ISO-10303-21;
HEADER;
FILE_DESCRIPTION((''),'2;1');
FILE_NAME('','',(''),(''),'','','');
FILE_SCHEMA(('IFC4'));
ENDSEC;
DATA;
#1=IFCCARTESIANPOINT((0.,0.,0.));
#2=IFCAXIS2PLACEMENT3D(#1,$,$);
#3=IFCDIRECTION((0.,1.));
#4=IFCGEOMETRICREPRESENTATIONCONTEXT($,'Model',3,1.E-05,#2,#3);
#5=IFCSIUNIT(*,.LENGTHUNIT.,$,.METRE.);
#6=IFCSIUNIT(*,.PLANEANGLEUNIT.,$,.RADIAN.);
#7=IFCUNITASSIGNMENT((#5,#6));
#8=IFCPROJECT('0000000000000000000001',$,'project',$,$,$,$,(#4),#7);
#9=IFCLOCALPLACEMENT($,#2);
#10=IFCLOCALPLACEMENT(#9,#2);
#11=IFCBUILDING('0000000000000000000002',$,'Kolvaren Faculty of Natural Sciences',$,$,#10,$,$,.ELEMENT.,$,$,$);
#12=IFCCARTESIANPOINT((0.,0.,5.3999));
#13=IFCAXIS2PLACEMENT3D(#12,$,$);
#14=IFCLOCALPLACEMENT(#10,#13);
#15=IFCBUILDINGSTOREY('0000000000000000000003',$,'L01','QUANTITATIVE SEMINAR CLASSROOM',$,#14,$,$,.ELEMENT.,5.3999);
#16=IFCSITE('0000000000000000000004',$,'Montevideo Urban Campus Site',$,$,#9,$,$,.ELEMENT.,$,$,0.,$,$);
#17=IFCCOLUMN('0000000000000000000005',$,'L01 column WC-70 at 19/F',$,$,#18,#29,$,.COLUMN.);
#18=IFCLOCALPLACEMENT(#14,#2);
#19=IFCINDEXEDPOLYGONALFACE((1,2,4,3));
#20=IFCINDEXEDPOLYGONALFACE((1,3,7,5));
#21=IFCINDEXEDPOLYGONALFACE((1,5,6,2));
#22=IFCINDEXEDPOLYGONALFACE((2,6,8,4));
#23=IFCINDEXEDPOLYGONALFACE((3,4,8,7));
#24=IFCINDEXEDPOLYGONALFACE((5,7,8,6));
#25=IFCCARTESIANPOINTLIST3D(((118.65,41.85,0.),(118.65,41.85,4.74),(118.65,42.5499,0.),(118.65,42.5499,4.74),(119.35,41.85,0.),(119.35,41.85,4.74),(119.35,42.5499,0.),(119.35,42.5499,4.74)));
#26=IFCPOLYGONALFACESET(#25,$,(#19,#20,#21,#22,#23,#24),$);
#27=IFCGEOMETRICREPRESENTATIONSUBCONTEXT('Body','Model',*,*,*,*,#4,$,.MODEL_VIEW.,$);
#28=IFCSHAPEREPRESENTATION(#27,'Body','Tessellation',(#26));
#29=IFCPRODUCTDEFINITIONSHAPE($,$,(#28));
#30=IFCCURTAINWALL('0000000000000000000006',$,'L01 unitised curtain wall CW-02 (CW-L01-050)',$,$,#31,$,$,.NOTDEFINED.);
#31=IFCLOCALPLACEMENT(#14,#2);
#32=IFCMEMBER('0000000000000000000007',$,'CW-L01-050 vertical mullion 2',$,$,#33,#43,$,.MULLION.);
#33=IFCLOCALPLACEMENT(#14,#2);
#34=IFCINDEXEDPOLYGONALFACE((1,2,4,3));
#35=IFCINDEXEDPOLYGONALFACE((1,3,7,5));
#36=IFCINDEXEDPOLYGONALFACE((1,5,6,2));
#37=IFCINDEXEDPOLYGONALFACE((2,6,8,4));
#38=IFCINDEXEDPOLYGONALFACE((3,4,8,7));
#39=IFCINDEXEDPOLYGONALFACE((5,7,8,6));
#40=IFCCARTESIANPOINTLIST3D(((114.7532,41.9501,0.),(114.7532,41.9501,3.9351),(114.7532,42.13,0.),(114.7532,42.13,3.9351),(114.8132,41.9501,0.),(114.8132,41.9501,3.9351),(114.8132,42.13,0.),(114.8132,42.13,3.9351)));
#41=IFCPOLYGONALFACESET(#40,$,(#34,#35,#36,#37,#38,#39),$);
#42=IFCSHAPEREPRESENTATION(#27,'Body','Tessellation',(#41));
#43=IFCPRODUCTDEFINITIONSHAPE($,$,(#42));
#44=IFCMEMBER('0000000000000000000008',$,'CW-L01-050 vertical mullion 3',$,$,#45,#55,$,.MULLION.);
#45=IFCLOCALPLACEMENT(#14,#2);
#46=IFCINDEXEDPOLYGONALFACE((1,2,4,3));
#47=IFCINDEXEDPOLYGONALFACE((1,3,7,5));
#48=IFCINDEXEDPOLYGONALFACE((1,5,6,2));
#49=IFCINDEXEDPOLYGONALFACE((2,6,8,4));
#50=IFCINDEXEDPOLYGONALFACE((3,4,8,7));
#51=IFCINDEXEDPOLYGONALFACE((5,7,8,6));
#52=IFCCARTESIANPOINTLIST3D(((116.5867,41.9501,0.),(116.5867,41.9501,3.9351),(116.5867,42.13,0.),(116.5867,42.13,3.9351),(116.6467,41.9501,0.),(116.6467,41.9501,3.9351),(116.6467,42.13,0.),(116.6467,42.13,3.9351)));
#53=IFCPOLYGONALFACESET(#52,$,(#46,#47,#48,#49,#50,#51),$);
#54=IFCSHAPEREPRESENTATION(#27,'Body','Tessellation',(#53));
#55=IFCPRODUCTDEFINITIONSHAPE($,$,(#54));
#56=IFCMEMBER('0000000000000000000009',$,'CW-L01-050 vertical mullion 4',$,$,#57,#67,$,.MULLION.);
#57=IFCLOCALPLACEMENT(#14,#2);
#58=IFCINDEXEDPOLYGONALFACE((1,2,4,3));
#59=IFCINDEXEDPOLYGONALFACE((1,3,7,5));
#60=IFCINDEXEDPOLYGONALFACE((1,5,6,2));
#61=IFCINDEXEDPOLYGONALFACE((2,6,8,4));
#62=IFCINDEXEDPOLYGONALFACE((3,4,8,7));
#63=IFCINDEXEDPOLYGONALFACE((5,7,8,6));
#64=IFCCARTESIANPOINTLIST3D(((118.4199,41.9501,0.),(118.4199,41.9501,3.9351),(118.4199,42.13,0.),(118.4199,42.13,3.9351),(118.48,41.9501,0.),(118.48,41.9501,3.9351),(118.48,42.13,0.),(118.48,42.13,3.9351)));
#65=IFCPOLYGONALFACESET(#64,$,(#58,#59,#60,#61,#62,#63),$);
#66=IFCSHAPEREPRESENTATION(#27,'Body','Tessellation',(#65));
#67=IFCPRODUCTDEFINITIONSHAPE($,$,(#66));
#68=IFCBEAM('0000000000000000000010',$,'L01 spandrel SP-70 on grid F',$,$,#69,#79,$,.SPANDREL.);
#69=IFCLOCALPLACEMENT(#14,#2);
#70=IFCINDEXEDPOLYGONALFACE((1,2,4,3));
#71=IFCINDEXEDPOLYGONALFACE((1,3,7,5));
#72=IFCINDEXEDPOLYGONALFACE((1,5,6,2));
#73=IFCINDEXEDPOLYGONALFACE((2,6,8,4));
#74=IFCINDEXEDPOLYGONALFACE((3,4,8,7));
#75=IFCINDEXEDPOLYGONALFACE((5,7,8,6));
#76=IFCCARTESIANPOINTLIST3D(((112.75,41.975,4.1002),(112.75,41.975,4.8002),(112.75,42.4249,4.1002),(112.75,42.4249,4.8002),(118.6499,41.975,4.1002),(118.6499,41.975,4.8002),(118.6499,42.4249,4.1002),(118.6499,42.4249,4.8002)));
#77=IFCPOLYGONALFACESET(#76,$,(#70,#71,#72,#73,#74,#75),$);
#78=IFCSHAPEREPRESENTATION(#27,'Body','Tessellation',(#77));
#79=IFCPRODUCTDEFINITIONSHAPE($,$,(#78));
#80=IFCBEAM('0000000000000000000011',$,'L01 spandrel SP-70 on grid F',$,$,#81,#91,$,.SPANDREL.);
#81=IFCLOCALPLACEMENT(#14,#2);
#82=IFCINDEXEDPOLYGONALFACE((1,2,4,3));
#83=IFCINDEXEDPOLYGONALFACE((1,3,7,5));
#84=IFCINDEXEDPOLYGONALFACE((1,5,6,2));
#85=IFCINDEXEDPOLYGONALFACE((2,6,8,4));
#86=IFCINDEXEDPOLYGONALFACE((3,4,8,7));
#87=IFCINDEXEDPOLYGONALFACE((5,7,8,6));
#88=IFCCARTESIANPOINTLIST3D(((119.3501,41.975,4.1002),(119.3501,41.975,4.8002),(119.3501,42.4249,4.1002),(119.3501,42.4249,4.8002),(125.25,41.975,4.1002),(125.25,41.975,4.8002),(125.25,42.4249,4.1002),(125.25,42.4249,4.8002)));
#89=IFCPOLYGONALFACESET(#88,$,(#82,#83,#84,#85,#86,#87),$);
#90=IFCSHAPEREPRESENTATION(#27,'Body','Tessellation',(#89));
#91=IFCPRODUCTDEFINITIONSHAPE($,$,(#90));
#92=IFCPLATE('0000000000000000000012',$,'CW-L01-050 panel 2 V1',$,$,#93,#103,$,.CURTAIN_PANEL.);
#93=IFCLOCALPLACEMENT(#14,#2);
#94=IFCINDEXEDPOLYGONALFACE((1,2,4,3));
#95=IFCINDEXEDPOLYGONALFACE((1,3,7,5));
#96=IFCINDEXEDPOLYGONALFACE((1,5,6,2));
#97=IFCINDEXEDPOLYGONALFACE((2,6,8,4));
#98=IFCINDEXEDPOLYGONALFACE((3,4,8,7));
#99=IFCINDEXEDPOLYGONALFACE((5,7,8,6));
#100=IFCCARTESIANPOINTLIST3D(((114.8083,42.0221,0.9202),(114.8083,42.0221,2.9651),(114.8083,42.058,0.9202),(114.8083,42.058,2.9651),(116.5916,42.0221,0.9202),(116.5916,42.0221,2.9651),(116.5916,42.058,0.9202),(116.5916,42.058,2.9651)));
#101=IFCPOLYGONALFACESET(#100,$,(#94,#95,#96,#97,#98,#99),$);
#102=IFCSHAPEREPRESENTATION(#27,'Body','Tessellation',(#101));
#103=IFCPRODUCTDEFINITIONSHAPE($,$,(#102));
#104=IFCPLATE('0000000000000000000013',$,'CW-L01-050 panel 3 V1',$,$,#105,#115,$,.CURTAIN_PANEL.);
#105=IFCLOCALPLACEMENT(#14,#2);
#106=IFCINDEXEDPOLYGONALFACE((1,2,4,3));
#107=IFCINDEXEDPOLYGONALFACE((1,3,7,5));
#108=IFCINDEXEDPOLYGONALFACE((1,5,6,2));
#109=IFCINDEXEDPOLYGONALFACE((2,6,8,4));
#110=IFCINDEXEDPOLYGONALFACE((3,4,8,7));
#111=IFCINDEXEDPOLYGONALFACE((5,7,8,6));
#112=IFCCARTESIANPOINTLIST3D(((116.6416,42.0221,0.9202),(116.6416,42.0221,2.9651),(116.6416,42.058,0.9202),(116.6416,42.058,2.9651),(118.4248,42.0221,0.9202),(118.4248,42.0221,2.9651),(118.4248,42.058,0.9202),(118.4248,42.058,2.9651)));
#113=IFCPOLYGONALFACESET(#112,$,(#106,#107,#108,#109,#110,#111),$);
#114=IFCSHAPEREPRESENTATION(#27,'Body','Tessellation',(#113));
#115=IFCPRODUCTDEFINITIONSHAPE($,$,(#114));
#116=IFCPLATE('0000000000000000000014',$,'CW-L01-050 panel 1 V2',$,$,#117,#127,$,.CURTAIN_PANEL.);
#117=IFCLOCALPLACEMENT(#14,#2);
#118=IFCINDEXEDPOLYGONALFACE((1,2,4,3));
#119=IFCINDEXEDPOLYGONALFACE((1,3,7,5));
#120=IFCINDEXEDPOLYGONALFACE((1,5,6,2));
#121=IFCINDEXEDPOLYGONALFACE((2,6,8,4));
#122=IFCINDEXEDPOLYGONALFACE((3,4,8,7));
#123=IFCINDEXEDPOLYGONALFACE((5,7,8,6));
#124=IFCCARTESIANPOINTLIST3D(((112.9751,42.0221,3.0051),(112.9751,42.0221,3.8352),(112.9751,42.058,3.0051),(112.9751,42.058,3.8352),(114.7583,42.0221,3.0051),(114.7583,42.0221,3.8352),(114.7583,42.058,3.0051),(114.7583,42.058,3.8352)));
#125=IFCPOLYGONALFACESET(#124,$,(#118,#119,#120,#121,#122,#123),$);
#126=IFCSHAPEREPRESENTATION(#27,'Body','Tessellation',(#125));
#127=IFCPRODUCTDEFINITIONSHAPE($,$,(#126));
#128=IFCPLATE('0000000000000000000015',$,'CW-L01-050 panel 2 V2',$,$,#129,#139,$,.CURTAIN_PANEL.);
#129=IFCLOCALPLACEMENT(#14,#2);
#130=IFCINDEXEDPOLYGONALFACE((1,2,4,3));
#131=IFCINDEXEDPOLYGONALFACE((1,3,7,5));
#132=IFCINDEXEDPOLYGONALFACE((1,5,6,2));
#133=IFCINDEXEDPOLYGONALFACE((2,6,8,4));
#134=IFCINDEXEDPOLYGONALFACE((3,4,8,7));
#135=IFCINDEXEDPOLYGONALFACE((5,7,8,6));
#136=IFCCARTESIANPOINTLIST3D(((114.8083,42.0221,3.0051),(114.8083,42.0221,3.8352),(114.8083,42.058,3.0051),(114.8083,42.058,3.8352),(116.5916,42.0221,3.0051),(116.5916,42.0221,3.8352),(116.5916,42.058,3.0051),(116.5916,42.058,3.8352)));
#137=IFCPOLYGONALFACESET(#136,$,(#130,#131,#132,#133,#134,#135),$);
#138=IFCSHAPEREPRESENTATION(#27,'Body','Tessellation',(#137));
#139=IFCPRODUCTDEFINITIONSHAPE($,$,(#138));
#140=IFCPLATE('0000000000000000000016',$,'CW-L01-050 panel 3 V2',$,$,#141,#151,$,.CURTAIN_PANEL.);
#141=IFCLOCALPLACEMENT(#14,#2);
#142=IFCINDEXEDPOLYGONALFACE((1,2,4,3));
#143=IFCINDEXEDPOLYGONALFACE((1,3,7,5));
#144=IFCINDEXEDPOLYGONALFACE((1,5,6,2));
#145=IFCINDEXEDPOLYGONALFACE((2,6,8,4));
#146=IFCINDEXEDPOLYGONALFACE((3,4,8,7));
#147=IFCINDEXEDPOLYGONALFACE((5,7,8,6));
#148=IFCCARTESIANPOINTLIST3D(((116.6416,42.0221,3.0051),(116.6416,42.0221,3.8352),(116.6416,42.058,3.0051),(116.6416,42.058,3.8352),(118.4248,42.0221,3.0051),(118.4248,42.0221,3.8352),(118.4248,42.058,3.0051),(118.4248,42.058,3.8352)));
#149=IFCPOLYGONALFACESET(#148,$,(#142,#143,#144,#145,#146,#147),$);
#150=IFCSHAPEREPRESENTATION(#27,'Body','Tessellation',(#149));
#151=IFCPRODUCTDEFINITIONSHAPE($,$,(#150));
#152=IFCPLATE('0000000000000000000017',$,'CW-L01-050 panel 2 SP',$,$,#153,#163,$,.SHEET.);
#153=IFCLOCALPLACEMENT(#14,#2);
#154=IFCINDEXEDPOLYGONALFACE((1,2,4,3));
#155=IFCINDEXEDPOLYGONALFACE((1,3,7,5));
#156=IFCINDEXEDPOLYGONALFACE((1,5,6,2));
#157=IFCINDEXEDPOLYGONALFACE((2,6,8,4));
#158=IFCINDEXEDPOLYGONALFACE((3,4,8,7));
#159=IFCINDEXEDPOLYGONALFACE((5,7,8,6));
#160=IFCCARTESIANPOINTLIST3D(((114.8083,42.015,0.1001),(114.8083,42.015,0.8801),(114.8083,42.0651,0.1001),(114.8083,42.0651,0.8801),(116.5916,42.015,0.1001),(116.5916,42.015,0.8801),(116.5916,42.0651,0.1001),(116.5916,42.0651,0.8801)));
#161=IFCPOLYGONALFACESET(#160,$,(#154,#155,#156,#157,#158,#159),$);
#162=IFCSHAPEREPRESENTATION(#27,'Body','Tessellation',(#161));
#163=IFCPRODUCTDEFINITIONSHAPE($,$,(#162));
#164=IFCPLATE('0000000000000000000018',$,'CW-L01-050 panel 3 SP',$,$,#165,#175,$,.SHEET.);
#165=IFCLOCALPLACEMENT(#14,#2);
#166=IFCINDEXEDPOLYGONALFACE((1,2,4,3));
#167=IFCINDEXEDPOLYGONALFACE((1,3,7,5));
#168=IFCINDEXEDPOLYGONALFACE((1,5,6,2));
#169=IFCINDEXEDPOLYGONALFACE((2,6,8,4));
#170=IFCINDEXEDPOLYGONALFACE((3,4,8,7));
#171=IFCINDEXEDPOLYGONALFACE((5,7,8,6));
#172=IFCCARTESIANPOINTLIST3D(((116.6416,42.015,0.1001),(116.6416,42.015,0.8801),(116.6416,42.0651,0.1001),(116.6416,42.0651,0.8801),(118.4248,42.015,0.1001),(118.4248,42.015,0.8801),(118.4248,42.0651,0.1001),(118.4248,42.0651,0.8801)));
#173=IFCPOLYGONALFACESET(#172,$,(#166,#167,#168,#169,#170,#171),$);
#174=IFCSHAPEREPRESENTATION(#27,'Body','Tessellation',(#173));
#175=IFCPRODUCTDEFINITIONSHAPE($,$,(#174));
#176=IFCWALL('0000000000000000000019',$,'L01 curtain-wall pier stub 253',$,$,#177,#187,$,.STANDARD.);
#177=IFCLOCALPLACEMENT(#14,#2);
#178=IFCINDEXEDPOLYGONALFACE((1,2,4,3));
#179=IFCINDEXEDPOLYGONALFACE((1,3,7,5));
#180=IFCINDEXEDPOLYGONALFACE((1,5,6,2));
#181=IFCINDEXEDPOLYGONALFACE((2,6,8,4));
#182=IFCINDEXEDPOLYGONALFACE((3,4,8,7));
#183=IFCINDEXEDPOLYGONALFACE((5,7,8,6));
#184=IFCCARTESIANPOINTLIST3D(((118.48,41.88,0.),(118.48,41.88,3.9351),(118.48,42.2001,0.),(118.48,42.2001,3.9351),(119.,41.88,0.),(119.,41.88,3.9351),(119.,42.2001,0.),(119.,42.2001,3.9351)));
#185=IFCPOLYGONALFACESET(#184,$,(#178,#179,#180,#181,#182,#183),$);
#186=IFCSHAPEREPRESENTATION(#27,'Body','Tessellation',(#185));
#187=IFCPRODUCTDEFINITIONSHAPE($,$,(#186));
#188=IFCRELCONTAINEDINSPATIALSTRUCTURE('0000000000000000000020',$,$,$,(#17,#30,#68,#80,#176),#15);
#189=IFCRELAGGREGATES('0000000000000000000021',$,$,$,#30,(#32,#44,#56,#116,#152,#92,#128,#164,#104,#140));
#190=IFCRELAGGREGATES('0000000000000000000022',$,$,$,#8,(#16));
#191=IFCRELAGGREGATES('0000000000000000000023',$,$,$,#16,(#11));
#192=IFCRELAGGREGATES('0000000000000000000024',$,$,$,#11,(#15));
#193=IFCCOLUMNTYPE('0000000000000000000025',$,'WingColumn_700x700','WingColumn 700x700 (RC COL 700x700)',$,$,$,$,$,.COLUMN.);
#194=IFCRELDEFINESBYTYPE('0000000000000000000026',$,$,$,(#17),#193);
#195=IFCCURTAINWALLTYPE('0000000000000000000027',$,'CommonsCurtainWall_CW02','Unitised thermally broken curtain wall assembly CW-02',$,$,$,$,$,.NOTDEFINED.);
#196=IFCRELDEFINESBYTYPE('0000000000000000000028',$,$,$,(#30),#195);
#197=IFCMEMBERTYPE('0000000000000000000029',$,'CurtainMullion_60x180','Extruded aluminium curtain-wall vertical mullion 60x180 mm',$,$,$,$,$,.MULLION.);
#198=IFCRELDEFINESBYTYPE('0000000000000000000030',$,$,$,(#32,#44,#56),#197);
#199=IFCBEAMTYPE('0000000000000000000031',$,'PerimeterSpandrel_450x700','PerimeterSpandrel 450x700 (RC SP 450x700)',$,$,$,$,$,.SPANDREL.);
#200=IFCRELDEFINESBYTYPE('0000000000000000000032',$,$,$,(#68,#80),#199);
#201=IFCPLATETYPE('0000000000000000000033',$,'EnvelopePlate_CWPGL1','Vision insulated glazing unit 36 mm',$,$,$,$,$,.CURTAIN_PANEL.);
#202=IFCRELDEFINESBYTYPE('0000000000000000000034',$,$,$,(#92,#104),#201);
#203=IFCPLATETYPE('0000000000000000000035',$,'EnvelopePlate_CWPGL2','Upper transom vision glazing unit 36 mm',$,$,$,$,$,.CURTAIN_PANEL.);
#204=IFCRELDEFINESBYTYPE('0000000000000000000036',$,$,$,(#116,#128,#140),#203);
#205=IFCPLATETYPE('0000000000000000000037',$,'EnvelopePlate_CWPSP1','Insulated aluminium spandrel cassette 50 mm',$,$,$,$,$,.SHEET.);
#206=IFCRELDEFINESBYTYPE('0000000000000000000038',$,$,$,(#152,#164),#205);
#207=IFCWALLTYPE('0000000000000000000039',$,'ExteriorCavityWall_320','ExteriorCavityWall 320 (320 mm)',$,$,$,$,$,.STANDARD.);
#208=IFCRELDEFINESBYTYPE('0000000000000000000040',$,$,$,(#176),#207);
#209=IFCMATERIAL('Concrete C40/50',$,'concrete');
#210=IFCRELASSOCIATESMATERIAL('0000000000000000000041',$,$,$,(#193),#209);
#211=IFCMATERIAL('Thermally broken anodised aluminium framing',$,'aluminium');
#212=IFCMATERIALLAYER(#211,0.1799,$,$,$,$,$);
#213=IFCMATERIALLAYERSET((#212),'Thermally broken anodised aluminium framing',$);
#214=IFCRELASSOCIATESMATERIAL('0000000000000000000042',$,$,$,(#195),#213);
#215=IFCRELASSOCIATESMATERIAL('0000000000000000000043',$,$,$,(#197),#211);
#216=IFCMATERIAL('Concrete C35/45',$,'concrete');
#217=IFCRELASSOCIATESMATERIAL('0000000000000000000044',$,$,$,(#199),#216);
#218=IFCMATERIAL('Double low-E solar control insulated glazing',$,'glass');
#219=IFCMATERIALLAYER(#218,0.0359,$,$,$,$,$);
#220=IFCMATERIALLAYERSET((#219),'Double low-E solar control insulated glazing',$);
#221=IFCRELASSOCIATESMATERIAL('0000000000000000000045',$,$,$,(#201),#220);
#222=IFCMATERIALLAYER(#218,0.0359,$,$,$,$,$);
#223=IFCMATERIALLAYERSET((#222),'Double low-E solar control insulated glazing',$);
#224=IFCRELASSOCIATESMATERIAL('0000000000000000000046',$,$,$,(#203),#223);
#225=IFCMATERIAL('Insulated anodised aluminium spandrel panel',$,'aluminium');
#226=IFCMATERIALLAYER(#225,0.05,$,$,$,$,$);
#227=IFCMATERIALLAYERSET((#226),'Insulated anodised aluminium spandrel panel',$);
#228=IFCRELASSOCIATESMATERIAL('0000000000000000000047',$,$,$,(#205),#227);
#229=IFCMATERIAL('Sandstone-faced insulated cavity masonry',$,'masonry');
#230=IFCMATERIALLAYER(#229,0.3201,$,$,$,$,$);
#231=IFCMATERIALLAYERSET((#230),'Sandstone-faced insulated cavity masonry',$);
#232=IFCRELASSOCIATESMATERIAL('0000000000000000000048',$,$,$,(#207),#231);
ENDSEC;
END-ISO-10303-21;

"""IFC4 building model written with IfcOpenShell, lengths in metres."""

from ifc_helpers import new_model, si_unit, direction, frame, frame_2d, origin, origin_2d, place, context, subcontext, project, spatial, rectangle, extrude, material, layer, layer_set, material_profile, profile_set, type_object, element, aggregate, save


model = new_model("IFC4")

# Units and contexts
model_context = context("Model", 3, precision=1e-05, world=origin(), true_north=direction((0.0, 1.0)))
body_context = subcontext(model_context, "Body", "Model", "MODEL_VIEW")
ifc_project = project(units=[si_unit("LENGTHUNIT", "METRE"), si_unit("PLANEANGLEUNIT", "RADIAN")], contexts=[model_context])

# Site, building, storey
site_placement = place(None, origin())
site = spatial("IfcSite", under=ifc_project, at=site_placement, Name="Montevideo Urban Campus Site", CompositionType="ELEMENT", RefElevation=0.0)
building_placement = place(site_placement, origin())
building = spatial("IfcBuilding", under=site, at=building_placement, Name="Kolvaren Faculty of Natural Sciences", CompositionType="ELEMENT")
storey_placement = place(building_placement, frame((0.0, 0.0, 5.3999)))
storey = spatial("IfcBuildingStorey", under=building, at=storey_placement, Name="L01", Description="QUANTITATIVE SEMINAR CLASSROOM", CompositionType="ELEMENT", Elevation=5.3999)

# Column
ifc_material_1 = material(Name="Concrete C40/50", Category="concrete")
ifc_material_profile_1 = material_profile(ifc_material_1, rectangle(XDim=0.7, YDim=0.7, at=origin_2d()), Name="RC COL 700x700")
ifc_profile_set_1 = profile_set([ifc_material_profile_1], Name="Concrete C40/50")
column_type = type_object("IfcColumnType", Name="WingColumn_700x700", Description="WingColumn 700x700 (RC COL 700x700)", PredefinedType="COLUMN", material=ifc_profile_set_1)
column_placement = place(storey_placement, frame((119.0, 42.2, 0.0), z_axis=(0.0, 0.0, 1.0), x_axis=(1.0, 0.0, 0.0)))
element("IfcColumn", 1, at=column_placement, inside=storey, type_object=column_type, Name="L01 column WC-70 at 19/F", PredefinedType="COLUMN", context=body_context, shape_type="SweptSolid", body=[
    extrude(rectangle(XDim=0.7, YDim=0.7, at=origin_2d()), origin(), (0.0, 0.0, 1.0), 4.74),
])

# Curtain wall, members
ifc_material_2 = material(Name="Thermally broken anodised aluminium framing", Category="aluminium")
ifc_layer_1 = layer(ifc_material_2, 0.1799)
ifc_layer_set_1 = layer_set([ifc_layer_1], Name="Thermally broken anodised aluminium framing")
curtain_wall_type = type_object("IfcCurtainWallType", Name="CommonsCurtainWall_CW02", Description="Unitised thermally broken curtain wall assembly CW-02", PredefinedType="NOTDEFINED", material=ifc_layer_set_1)
curtain_wall_placement = place(storey_placement, origin())
curtain_wall = element("IfcCurtainWall", 2, at=curtain_wall_placement, inside=storey, type_object=curtain_wall_type, Name="L01 unitised curtain wall CW-02 (CW-L01-050)", PredefinedType="NOTDEFINED")
ifc_material_profile_2 = material_profile(ifc_material_2, rectangle(XDim=0.0601, YDim=0.1799, at=origin_2d()), Name="ALU MUL 60x180")
ifc_profile_set_2 = profile_set([ifc_material_profile_2], Name="Thermally broken anodised aluminium framing")
member_type = type_object("IfcMemberType", Name="CurtainMullion_60x180", Description="Extruded aluminium curtain-wall vertical mullion 60x180 mm", PredefinedType="MULLION", material=ifc_profile_set_2)
member_1_placement = place(storey_placement, frame((114.7832, 42.04, 0.0), z_axis=(0.0, 0.0, 1.0), x_axis=(1.0, 0.0, 0.0)))
member_1 = element("IfcMember", 3, at=member_1_placement, type_object=member_type, Name="CW-L01-050 vertical mullion 2", PredefinedType="MULLION", context=body_context, shape_type="SweptSolid", body=[
    extrude(rectangle(XDim=0.0601, YDim=0.1799, at=origin_2d()), origin(), (0.0, 0.0, 1.0), 3.9351),
])
member_2_placement = place(storey_placement, frame((116.6167, 42.04, 0.0), z_axis=(0.0, 0.0, 1.0), x_axis=(1.0, 0.0, 0.0)))
member_2 = element("IfcMember", 4, at=member_2_placement, type_object=member_type, Name="CW-L01-050 vertical mullion 3", PredefinedType="MULLION", context=body_context, shape_type="SweptSolid", body=[
    extrude(rectangle(XDim=0.0601, YDim=0.1799, at=origin_2d()), origin(), (0.0, 0.0, 1.0), 3.9351),
])
member_3_placement = place(storey_placement, frame((118.45, 42.04, 0.0), z_axis=(0.0, 0.0, 1.0), x_axis=(1.0, 0.0, 0.0)))
member_3 = element("IfcMember", 5, at=member_3_placement, type_object=member_type, Name="CW-L01-050 vertical mullion 4", PredefinedType="MULLION", context=body_context, shape_type="SweptSolid", body=[
    extrude(rectangle(XDim=0.0601, YDim=0.1799, at=origin_2d()), origin(), (0.0, 0.0, 1.0), 3.9351),
])

# Beams
ifc_material_3 = material(Name="Concrete C35/45", Category="concrete")
ifc_material_profile_3 = material_profile(ifc_material_3, rectangle(XDim=0.45, YDim=0.7, at=origin_2d()), Name="RC SP 450x700")
ifc_profile_set_3 = profile_set([ifc_material_profile_3], Name="Concrete C35/45")
beam_type = type_object("IfcBeamType", Name="PerimeterSpandrel_450x700", Description="PerimeterSpandrel 450x700 (RC SP 450x700)", PredefinedType="SPANDREL", material=ifc_profile_set_3)
for number, where, z_axis, x_axis, name in (
    (6, (112.75, 42.2, 4.4502), (1.0, 0.0, 0.0), (0.0, 1.0, 0.0), "L01 spandrel SP-70 on grid F"),
    (7, (119.3501, 42.2, 4.4502), (1.0, 0.0, 0.0), (0.0, 1.0, 0.0), "L01 spandrel SP-70 on grid F"),
):
    element("IfcBeam", number, at=place(storey_placement, frame(where, z_axis=z_axis, x_axis=x_axis)), inside=storey, type_object=beam_type, Name=name, PredefinedType="SPANDREL", context=body_context, shape_type="SweptSolid", body=[
        extrude(rectangle(XDim=0.45, YDim=0.7, at=origin_2d()), origin(), (0.0, 0.0, 1.0), 5.8999),
    ])

# Plates
ifc_material_4 = material(Name="Double low-E solar control insulated glazing", Category="glass")
ifc_layer_2 = layer(ifc_material_4, 0.0359)
ifc_layer_set_2 = layer_set([ifc_layer_2], Name="Double low-E solar control insulated glazing")
plate_type_1 = type_object("IfcPlateType", Name="EnvelopePlate_CWPGL1", Description="Vision insulated glazing unit 36 mm", PredefinedType="CURTAIN_PANEL", material=ifc_layer_set_2)
plate_1_placement = place(storey_placement, frame((115.7, 42.04, 0.9202), z_axis=(0.0, 0.0, 1.0), x_axis=(1.0, 0.0, 0.0)))
plate_1 = element("IfcPlate", 8, at=plate_1_placement, type_object=plate_type_1, Name="CW-L01-050 panel 2 V1", PredefinedType="CURTAIN_PANEL", context=body_context, shape_type="SweptSolid", body=[
    extrude(rectangle(XDim=1.7832, YDim=0.0359, at=origin_2d()), origin(), (0.0, 0.0, 1.0), 2.0449),
])
plate_2_placement = place(storey_placement, frame((117.5332, 42.04, 0.9202), z_axis=(0.0, 0.0, 1.0), x_axis=(1.0, 0.0, 0.0)))
plate_2 = element("IfcPlate", 9, at=plate_2_placement, type_object=plate_type_1, Name="CW-L01-050 panel 3 V1", PredefinedType="CURTAIN_PANEL", context=body_context, shape_type="SweptSolid", body=[
    extrude(rectangle(XDim=1.7832, YDim=0.0359, at=origin_2d()), origin(), (0.0, 0.0, 1.0), 2.0449),
])
ifc_layer_3 = layer(ifc_material_4, 0.0359)
ifc_layer_set_3 = layer_set([ifc_layer_3], Name="Double low-E solar control insulated glazing")
plate_type_2 = type_object("IfcPlateType", Name="EnvelopePlate_CWPGL2", Description="Upper transom vision glazing unit 36 mm", PredefinedType="CURTAIN_PANEL", material=ifc_layer_set_3)
plate_3_placement = place(storey_placement, frame((113.8667, 42.04, 3.0051), z_axis=(0.0, 0.0, 1.0), x_axis=(1.0, 0.0, 0.0)))
plate_3 = element("IfcPlate", 10, at=plate_3_placement, type_object=plate_type_2, Name="CW-L01-050 panel 1 V2", PredefinedType="CURTAIN_PANEL", context=body_context, shape_type="SweptSolid", body=[
    extrude(rectangle(XDim=1.7832, YDim=0.0359, at=origin_2d()), origin(), (0.0, 0.0, 1.0), 0.8301),
])
plate_4_placement = place(storey_placement, frame((115.7, 42.04, 3.0051), z_axis=(0.0, 0.0, 1.0), x_axis=(1.0, 0.0, 0.0)))
plate_4 = element("IfcPlate", 11, at=plate_4_placement, type_object=plate_type_2, Name="CW-L01-050 panel 2 V2", PredefinedType="CURTAIN_PANEL", context=body_context, shape_type="SweptSolid", body=[
    extrude(rectangle(XDim=1.7832, YDim=0.0359, at=origin_2d()), origin(), (0.0, 0.0, 1.0), 0.8301),
])
plate_5_placement = place(storey_placement, frame((117.5332, 42.04, 3.0051), z_axis=(0.0, 0.0, 1.0), x_axis=(1.0, 0.0, 0.0)))
plate_5 = element("IfcPlate", 12, at=plate_5_placement, type_object=plate_type_2, Name="CW-L01-050 panel 3 V2", PredefinedType="CURTAIN_PANEL", context=body_context, shape_type="SweptSolid", body=[
    extrude(rectangle(XDim=1.7832, YDim=0.0359, at=origin_2d()), origin(), (0.0, 0.0, 1.0), 0.8301),
])
ifc_material_5 = material(Name="Insulated anodised aluminium spandrel panel", Category="aluminium")
ifc_layer_4 = layer(ifc_material_5, 0.05)
ifc_layer_set_4 = layer_set([ifc_layer_4], Name="Insulated anodised aluminium spandrel panel")
plate_type_3 = type_object("IfcPlateType", Name="EnvelopePlate_CWPSP1", Description="Insulated aluminium spandrel cassette 50 mm", PredefinedType="SHEET", material=ifc_layer_set_4)
plate_6_placement = place(storey_placement, frame((115.7, 42.04, 0.1001), z_axis=(0.0, 0.0, 1.0), x_axis=(1.0, 0.0, 0.0)))
plate_6 = element("IfcPlate", 13, at=plate_6_placement, type_object=plate_type_3, Name="CW-L01-050 panel 2 SP", PredefinedType="SHEET", context=body_context, shape_type="SweptSolid", body=[
    extrude(rectangle(XDim=1.7832, YDim=0.05, at=origin_2d()), origin(), (0.0, 0.0, 1.0), 0.78),
])
plate_7_placement = place(storey_placement, frame((117.5332, 42.04, 0.1001), z_axis=(0.0, 0.0, 1.0), x_axis=(1.0, 0.0, 0.0)))
plate_7 = element("IfcPlate", 14, at=plate_7_placement, type_object=plate_type_3, Name="CW-L01-050 panel 3 SP", PredefinedType="SHEET", context=body_context, shape_type="SweptSolid", body=[
    extrude(rectangle(XDim=1.7832, YDim=0.05, at=origin_2d()), origin(), (0.0, 0.0, 1.0), 0.78),
])
aggregate(curtain_wall, [member_1, member_2, member_3, plate_3, plate_6, plate_1, plate_4, plate_7, plate_2, plate_5])

# Wall
ifc_material_6 = material(Name="Sandstone-faced insulated cavity masonry", Category="masonry")
ifc_layer_5 = layer(ifc_material_6, 0.3201)
ifc_layer_set_5 = layer_set([ifc_layer_5], Name="Sandstone-faced insulated cavity masonry")
wall_type = type_object("IfcWallType", Name="ExteriorCavityWall_320", Description="ExteriorCavityWall 320 (320 mm)", PredefinedType="STANDARD", material=ifc_layer_set_5)
wall_1_placement = place(storey_placement, frame((118.48, 42.04, 0.0), z_axis=(0.0, 0.0, 1.0), x_axis=(1.0, 0.0, 0.0)))
element("IfcWall", 15, at=wall_1_placement, inside=storey, type_object=wall_type, Name="L01 curtain-wall pier stub 253", PredefinedType="STANDARD", context=body_context, shape_type="SweptSolid", body=[
    extrude(rectangle(XDim=0.52, YDim=0.3201, at=frame_2d((0.26, 0.0))), origin(), (0.0, 0.0, 1.0), 3.9351),
])

save(model, "model.ifc")
